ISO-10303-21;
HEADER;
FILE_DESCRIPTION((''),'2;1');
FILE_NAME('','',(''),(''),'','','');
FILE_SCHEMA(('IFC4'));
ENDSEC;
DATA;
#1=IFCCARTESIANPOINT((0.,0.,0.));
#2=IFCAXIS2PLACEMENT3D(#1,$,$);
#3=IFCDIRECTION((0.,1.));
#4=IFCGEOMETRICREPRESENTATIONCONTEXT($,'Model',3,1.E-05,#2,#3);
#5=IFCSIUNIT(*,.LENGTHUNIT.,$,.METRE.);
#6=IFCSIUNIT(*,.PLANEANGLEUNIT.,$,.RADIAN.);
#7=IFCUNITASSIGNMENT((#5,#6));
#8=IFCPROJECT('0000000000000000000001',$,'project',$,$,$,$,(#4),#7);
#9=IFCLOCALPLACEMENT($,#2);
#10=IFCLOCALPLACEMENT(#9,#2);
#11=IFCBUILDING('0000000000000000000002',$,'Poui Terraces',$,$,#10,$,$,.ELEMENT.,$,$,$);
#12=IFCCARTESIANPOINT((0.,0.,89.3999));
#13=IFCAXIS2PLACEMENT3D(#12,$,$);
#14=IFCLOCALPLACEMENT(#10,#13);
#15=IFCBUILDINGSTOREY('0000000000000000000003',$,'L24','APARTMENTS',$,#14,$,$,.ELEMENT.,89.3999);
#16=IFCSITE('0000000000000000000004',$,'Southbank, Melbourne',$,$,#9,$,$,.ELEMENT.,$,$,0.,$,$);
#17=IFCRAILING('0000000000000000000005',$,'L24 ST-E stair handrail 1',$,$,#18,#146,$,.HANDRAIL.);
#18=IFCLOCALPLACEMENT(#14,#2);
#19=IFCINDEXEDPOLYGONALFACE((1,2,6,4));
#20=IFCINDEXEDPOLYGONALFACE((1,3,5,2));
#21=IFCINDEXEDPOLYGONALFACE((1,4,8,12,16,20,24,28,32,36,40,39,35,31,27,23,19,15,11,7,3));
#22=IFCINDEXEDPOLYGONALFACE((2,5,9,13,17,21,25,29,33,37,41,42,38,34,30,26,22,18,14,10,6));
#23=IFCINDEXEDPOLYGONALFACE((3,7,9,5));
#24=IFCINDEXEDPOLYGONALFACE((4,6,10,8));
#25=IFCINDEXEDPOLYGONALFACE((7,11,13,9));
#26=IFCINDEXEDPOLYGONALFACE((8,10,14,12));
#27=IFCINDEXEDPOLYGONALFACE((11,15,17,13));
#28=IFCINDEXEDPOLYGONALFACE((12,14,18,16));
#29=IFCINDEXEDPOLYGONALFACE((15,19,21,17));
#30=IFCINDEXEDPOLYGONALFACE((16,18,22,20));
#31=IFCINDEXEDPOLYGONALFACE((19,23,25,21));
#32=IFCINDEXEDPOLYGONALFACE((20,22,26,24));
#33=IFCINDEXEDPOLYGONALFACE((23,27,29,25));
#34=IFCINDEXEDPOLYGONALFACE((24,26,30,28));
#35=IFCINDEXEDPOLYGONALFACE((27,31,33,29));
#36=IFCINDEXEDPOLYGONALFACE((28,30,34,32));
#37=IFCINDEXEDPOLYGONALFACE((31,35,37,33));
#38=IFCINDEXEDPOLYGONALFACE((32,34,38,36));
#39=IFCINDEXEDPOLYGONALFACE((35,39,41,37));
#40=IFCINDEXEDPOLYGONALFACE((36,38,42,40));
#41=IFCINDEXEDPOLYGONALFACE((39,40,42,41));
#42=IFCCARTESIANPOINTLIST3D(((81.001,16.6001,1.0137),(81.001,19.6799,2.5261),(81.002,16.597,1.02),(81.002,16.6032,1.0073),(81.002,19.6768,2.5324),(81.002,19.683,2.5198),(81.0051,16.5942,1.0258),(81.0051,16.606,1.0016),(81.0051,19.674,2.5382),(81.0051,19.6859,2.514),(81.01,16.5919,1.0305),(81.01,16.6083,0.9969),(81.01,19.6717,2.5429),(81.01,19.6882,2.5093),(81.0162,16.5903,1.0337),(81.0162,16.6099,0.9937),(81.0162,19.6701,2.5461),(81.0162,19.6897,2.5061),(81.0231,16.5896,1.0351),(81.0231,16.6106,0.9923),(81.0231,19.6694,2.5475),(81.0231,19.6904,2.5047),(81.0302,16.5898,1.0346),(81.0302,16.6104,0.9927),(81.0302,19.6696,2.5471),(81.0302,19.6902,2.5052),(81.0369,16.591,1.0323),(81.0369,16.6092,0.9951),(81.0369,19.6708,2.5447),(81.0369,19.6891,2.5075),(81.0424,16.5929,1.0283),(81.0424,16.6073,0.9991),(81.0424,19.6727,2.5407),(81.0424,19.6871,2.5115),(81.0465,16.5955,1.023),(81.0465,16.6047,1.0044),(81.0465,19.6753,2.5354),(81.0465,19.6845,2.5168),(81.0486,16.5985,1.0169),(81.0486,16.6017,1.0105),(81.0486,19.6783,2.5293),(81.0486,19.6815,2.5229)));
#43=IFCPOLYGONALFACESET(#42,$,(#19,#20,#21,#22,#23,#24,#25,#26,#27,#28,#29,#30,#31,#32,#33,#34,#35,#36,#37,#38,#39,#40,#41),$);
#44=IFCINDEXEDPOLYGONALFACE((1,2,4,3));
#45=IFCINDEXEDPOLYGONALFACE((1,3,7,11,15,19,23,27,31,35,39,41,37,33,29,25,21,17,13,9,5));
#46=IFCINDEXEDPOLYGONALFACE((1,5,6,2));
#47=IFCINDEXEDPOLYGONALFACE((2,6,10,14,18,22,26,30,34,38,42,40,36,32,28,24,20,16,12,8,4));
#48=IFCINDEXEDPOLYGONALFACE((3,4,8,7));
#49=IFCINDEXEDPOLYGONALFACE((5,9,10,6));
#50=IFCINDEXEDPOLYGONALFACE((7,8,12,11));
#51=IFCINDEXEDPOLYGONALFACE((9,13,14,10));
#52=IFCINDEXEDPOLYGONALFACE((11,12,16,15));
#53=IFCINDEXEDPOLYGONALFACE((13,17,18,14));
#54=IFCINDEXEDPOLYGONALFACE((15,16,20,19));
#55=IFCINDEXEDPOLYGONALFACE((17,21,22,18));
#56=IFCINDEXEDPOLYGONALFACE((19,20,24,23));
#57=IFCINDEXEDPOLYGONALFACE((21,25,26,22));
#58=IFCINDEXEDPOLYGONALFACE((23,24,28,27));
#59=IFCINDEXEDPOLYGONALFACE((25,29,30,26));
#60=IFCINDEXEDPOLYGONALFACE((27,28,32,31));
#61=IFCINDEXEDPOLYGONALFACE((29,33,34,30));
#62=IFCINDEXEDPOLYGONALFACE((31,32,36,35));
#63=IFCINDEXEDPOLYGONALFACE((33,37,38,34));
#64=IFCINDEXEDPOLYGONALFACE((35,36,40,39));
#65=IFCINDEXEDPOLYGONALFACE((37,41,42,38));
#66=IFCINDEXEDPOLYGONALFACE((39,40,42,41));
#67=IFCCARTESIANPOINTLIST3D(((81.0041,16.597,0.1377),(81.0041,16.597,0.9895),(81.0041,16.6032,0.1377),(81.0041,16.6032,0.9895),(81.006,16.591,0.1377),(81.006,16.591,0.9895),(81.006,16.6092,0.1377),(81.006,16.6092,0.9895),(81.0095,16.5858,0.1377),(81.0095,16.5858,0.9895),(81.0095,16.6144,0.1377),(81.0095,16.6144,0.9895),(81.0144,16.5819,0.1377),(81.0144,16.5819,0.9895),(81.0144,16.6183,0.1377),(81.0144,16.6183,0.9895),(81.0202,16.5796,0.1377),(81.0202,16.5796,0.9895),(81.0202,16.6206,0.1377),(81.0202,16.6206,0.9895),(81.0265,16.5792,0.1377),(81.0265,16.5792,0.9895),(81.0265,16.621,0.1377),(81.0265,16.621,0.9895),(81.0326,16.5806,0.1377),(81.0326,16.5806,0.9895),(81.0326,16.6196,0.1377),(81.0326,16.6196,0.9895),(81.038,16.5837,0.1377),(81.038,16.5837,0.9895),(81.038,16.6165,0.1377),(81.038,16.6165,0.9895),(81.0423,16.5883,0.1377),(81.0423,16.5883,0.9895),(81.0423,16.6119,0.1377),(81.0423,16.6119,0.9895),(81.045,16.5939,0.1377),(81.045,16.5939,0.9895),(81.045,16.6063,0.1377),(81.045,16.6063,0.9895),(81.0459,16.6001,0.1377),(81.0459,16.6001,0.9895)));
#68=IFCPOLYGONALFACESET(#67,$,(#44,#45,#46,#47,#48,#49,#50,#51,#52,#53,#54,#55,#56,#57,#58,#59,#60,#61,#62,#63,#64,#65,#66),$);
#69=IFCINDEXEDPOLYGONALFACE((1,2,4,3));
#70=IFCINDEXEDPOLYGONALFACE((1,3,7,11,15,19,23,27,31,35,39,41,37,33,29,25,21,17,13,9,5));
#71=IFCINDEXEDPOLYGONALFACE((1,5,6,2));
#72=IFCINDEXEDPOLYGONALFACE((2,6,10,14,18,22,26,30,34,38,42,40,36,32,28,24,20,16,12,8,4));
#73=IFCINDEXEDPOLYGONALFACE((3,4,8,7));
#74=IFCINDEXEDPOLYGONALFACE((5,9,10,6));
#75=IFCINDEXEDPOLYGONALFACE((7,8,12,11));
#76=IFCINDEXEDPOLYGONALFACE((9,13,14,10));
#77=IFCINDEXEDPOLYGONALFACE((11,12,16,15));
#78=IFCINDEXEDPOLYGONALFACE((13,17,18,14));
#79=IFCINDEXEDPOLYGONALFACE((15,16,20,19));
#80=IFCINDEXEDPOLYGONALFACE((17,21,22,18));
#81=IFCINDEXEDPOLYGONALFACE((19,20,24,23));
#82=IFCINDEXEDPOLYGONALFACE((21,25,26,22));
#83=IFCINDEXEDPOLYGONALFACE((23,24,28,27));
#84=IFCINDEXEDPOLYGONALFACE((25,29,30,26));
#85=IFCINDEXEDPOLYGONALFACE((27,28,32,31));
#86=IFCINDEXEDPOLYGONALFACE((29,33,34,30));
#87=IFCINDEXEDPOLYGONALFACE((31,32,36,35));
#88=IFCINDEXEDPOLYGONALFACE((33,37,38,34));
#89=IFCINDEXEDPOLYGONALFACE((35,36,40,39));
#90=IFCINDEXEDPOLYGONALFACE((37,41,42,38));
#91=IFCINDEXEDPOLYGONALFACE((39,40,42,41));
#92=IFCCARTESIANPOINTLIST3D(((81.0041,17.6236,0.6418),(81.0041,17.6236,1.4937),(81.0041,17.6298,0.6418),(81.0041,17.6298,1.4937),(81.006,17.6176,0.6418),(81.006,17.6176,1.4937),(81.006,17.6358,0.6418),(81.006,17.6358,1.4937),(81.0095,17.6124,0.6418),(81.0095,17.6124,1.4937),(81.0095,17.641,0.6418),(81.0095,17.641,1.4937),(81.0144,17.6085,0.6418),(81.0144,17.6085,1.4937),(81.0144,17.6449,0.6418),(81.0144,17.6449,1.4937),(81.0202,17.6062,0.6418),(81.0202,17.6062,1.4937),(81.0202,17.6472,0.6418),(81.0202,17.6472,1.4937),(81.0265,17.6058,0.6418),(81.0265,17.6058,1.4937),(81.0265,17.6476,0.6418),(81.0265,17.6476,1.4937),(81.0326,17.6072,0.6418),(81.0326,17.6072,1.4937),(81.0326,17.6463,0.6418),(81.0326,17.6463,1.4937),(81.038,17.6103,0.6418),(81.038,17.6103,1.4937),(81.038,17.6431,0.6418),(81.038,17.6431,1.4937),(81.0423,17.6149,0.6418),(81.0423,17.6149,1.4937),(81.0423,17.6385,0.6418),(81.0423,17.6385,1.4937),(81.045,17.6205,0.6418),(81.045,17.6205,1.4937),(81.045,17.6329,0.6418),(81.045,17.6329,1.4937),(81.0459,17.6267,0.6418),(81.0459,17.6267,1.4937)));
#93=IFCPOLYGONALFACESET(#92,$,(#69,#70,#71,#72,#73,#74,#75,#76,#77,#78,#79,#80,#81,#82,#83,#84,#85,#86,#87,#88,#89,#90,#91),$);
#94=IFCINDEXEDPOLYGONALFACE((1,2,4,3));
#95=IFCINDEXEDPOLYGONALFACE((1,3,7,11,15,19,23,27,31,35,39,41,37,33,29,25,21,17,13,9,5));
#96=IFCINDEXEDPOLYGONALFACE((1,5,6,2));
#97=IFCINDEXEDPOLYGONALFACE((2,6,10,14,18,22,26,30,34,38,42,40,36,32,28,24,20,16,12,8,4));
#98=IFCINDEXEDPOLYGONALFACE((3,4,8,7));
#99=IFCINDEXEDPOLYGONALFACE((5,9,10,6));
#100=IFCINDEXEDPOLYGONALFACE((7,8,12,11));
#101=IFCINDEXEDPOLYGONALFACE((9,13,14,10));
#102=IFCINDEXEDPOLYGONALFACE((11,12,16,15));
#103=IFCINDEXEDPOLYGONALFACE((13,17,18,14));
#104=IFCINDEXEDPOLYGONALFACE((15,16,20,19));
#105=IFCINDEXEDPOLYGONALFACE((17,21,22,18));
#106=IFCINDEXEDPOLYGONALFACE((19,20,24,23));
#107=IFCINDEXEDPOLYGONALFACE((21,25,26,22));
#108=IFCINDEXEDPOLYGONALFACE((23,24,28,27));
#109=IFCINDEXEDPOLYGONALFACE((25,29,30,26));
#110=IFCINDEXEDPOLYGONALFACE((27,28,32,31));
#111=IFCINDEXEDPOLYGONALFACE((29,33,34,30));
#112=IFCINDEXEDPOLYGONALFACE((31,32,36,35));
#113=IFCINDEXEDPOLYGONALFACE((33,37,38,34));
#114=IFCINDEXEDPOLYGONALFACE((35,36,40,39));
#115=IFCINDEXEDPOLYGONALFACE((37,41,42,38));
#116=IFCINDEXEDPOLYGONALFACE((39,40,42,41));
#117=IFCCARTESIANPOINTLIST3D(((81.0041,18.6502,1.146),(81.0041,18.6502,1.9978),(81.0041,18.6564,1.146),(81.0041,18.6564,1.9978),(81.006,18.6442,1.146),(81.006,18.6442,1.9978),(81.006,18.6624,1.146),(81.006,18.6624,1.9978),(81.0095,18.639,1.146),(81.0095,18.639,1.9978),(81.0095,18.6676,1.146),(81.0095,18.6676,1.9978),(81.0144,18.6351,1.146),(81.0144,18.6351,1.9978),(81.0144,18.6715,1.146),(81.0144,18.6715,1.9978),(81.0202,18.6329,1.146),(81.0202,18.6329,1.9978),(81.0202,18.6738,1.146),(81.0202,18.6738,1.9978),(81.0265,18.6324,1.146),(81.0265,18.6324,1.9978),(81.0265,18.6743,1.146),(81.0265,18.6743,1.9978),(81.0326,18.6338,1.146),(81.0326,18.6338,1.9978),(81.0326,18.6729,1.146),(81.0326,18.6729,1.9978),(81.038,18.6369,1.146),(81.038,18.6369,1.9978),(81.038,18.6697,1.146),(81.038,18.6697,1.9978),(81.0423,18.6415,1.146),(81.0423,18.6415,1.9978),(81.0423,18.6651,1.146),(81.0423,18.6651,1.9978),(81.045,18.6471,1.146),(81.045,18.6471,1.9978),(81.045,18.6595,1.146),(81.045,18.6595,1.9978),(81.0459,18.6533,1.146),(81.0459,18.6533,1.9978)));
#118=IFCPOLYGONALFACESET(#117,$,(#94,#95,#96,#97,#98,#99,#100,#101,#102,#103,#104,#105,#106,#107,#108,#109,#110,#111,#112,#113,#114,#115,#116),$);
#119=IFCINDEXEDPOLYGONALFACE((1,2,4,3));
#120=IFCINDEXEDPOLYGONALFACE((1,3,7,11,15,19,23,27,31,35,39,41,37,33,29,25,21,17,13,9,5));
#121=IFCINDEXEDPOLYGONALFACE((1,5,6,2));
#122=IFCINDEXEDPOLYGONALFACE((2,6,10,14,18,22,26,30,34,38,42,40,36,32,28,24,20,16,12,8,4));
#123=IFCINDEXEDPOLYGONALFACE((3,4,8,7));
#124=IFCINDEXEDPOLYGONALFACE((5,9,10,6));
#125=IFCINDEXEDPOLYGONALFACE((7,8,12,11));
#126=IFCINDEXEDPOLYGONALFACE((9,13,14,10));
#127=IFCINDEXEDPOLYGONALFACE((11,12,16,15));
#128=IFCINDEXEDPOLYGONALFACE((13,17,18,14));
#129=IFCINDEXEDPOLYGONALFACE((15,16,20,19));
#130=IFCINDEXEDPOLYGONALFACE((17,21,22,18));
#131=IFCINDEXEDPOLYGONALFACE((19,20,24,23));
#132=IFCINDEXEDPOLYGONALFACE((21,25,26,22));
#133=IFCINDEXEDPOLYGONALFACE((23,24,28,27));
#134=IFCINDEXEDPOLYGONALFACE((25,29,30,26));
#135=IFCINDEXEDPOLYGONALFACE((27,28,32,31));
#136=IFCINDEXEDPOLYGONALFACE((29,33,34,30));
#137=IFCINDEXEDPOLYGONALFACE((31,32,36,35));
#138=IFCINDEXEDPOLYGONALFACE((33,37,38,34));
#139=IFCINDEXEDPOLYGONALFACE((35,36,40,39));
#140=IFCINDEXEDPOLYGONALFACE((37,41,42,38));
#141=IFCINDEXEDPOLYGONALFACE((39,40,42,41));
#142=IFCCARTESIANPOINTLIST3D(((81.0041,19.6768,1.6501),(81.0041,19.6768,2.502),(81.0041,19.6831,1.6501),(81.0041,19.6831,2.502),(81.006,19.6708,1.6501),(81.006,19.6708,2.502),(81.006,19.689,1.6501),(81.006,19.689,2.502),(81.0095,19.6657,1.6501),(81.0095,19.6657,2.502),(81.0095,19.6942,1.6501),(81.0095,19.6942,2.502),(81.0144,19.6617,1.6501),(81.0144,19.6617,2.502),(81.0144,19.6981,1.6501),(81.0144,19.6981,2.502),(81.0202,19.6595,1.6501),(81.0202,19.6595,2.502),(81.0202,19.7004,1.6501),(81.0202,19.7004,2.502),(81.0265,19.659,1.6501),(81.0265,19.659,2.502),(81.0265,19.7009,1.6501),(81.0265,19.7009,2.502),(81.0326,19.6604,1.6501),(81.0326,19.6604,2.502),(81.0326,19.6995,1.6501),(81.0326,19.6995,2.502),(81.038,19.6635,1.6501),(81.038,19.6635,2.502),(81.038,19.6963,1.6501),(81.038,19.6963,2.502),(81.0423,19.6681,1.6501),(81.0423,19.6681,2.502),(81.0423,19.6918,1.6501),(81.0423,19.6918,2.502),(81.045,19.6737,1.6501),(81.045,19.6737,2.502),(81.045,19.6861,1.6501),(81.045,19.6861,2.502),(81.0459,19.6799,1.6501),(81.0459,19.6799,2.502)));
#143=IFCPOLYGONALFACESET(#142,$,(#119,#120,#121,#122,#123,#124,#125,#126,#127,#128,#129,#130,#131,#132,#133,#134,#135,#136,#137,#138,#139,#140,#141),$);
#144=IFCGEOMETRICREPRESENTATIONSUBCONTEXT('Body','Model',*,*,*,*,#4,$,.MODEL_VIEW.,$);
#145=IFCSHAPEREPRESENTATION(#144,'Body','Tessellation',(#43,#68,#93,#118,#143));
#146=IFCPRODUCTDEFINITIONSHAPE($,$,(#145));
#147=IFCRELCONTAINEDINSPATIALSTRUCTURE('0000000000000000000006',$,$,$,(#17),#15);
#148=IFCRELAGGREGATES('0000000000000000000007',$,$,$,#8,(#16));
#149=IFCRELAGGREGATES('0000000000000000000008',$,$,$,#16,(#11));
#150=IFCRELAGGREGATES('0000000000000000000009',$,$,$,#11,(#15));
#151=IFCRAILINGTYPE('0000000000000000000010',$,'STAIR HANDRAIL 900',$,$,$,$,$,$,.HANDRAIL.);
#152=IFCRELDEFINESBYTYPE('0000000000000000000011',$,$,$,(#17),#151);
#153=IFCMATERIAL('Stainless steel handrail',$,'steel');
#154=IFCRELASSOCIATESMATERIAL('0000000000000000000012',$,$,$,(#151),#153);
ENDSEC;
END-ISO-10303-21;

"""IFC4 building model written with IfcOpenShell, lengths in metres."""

from ifc_helpers import new_model, si_unit, direction, frame, origin, origin_2d, place, context, subcontext, project, spatial, circle, extrude, material, type_object, element, save


model = new_model("IFC4")

# Units and contexts
model_context = context("Model", 3, precision=1e-05, world=origin(), true_north=direction((0.0, 1.0)))
body_context = subcontext(model_context, "Body", "Model", "MODEL_VIEW")
ifc_project = project(units=[si_unit("LENGTHUNIT", "METRE"), si_unit("PLANEANGLEUNIT", "RADIAN")], contexts=[model_context])

# Site, building, storey
site_placement = place(None, origin())
site = spatial("IfcSite", under=ifc_project, at=site_placement, Name="Southbank, Melbourne", CompositionType="ELEMENT", RefElevation=0.0)
building_placement = place(site_placement, origin())
building = spatial("IfcBuilding", under=site, at=building_placement, Name="Poui Terraces", CompositionType="ELEMENT")
storey_placement = place(building_placement, frame((0.0, 0.0, 89.3999)))
storey = spatial("IfcBuildingStorey", under=building, at=storey_placement, Name="L24", Description="APARTMENTS", CompositionType="ELEMENT", Elevation=89.3999)

# Railing
ifc_material_1 = material(Name="Stainless steel handrail", Category="steel")
railing_type_1 = type_object("IfcRailingType", Name="STAIR HANDRAIL 900", PredefinedType="HANDRAIL", material=ifc_material_1)
railing_1_placement = place(storey_placement, frame((81.0249, 16.6001, 0.1377)))
element("IfcRailing", 1, at=railing_1_placement, inside=storey, type_object=railing_type_1, Name="L24 ST-E stair handrail 1", PredefinedType="HANDRAIL", context=body_context, shape_type="SweptSolid", body=[
    extrude(circle(Radius=0.0239, at=origin_2d()), frame((0.0, 0.0, 0.876), z_axis=(0.0, 0.897606, 0.440798), x_axis=(-1.0, 0.0, 0.0)), (0.0, 0.0, 1.0), 3.4312),
    extrude(circle(Radius=0.021, at=origin_2d()), origin(), (0.0, 0.0, 1.0), 0.8518),
    extrude(circle(Radius=0.021, at=origin_2d()), frame((0.0, 1.0266, 0.5042)), (0.0, 0.0, 1.0), 0.8518),
    extrude(circle(Radius=0.021, at=origin_2d()), frame((0.0, 2.0532, 1.0083)), (0.0, 0.0, 1.0), 0.8518),
    extrude(circle(Radius=0.021, at=origin_2d()), frame((0.0, 3.0798, 1.5125)), (0.0, 0.0, 1.0), 0.8518),
])

save(model, "model.ifc")
